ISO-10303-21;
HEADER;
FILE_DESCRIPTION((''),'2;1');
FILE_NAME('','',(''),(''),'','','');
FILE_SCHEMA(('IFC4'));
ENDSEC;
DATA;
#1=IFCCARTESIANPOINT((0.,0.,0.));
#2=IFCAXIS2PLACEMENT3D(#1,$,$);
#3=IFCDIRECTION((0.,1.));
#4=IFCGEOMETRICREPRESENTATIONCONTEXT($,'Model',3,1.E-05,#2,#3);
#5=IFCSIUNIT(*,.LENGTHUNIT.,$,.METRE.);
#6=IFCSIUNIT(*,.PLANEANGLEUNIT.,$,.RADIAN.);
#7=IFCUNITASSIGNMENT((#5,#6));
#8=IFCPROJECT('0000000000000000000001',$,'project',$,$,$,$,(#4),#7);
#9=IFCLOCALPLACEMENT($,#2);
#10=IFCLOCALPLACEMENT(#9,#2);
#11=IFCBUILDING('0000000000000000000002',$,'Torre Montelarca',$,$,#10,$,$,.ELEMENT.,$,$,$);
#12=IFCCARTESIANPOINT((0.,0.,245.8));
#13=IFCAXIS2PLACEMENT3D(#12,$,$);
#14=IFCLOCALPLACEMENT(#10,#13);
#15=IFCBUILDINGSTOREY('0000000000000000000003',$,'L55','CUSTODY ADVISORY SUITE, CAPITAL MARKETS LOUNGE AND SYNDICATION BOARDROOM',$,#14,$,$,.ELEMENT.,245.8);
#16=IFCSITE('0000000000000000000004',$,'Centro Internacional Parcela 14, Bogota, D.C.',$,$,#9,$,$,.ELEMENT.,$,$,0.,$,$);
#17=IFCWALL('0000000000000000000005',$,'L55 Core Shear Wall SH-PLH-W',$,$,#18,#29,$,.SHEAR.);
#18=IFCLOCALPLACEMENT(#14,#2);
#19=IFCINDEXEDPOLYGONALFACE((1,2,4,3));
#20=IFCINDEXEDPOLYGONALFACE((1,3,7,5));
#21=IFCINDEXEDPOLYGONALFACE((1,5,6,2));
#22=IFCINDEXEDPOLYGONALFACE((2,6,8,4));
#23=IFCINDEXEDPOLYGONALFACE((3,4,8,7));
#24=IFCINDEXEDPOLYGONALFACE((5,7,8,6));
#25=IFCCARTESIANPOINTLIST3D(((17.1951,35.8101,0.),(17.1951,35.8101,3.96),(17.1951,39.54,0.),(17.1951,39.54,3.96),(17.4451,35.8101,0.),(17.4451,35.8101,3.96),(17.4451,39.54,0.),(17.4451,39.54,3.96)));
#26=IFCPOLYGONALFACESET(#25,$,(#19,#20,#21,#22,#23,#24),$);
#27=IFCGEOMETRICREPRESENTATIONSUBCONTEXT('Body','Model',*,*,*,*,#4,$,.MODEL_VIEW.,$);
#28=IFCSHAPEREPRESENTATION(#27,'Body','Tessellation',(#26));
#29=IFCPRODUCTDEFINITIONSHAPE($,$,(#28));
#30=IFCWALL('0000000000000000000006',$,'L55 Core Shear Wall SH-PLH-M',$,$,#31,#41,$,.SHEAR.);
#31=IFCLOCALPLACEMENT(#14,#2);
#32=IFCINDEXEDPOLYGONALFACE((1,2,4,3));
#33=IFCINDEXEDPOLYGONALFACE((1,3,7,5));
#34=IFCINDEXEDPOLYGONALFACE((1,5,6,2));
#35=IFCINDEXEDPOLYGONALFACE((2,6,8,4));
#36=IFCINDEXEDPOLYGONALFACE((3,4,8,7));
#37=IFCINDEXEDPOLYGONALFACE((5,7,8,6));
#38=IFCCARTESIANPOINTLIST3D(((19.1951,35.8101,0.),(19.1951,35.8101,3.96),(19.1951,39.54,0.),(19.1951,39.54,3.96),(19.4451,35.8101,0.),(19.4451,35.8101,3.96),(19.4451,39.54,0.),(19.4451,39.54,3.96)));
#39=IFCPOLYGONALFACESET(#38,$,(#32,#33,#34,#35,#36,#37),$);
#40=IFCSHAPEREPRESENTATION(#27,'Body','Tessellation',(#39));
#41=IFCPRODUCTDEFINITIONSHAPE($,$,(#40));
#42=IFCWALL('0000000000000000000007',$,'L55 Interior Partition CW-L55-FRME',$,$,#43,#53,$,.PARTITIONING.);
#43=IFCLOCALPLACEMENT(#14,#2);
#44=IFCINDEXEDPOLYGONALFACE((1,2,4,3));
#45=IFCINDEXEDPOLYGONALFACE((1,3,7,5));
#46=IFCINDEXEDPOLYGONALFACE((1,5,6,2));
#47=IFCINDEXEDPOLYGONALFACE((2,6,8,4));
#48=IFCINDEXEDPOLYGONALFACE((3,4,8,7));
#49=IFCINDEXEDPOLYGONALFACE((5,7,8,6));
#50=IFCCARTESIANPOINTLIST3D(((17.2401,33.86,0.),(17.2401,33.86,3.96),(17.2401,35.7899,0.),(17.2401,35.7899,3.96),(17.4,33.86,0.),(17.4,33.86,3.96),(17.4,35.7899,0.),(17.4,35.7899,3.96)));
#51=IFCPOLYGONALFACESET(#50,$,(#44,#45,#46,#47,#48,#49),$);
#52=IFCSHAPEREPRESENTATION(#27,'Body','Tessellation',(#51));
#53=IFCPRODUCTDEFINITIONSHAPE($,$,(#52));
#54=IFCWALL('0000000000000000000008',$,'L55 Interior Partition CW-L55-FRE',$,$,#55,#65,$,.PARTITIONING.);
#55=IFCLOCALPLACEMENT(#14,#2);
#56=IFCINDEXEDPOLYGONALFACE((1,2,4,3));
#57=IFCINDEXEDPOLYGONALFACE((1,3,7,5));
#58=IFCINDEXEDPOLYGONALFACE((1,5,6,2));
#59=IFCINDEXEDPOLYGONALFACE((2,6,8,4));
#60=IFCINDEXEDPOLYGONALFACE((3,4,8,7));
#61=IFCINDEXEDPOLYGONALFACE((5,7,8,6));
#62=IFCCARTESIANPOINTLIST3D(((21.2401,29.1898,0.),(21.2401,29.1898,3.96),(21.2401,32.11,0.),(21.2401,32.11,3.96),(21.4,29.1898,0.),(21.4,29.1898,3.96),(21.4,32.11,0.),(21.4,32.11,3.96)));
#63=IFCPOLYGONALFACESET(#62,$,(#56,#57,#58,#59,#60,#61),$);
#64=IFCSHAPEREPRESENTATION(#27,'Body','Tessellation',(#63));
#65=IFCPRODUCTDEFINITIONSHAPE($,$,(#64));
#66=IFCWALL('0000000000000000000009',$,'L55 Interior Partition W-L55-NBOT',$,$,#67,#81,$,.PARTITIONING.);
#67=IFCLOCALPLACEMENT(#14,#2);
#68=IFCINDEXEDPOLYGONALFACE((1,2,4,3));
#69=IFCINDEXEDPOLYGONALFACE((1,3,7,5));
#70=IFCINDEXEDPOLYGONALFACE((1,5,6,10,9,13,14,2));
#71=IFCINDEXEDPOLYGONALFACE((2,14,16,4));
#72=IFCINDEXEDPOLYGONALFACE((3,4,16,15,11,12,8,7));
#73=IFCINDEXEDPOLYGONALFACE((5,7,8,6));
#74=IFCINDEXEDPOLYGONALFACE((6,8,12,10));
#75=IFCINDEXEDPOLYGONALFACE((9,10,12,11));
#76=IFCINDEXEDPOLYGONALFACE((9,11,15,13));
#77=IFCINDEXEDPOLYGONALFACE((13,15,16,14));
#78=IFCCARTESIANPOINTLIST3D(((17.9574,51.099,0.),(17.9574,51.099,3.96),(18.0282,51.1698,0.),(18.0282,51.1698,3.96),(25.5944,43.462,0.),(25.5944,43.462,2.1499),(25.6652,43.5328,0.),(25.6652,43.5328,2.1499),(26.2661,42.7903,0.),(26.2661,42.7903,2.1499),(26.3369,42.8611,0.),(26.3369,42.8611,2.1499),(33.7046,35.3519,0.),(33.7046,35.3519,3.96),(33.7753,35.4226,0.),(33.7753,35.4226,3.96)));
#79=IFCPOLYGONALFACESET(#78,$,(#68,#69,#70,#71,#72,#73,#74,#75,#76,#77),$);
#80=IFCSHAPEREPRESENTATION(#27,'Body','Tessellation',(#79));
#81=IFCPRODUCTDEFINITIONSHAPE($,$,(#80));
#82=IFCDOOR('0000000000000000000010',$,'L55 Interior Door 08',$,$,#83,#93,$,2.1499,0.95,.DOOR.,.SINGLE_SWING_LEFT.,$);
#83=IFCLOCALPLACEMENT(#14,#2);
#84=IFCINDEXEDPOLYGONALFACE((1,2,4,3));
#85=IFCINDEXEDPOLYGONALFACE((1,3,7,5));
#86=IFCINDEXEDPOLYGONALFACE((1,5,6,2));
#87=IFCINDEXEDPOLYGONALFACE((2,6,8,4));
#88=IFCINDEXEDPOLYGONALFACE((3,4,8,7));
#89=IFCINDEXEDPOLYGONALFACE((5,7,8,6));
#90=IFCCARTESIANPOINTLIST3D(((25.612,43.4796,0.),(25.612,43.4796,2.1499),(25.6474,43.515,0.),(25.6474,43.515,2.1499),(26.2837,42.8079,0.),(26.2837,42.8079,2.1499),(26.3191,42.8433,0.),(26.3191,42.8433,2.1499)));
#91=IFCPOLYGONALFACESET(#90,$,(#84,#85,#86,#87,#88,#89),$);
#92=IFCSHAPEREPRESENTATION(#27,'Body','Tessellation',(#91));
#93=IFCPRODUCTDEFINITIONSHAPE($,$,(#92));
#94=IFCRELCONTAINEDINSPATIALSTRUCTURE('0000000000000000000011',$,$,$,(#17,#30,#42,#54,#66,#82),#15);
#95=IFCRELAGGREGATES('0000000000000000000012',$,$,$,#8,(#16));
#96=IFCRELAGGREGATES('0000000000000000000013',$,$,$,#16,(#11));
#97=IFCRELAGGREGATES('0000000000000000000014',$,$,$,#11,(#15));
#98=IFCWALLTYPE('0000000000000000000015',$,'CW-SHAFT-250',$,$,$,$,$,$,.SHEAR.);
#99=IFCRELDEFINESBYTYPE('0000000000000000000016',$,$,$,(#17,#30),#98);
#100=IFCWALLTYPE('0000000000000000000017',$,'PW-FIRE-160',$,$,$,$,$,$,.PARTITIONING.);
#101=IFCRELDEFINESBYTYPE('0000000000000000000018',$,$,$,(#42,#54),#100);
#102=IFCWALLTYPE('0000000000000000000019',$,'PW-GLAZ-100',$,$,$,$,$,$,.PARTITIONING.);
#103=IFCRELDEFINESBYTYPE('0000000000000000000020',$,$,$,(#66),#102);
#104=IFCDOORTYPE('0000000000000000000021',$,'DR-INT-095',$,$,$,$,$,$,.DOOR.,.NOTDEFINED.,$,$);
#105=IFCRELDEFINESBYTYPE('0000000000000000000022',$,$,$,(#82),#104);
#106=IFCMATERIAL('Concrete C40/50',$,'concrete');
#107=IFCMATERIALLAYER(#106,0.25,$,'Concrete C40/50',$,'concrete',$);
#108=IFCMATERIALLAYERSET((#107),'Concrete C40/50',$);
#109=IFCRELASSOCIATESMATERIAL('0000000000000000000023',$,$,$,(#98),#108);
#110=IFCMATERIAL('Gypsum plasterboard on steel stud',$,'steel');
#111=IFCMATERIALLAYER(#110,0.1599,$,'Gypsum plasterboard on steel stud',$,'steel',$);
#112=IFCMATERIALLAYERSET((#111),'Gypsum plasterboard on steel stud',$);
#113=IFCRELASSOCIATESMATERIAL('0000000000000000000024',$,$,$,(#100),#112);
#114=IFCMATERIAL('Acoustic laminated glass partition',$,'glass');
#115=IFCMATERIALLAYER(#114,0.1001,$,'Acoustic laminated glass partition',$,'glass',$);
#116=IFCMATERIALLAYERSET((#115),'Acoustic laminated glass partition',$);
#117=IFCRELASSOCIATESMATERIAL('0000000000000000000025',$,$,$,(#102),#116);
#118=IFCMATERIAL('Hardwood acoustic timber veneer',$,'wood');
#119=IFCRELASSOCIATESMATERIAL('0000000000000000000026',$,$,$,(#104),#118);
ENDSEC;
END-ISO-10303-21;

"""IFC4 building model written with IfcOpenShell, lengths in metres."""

from ifc_helpers import new_model, si_unit, direction, frame, frame_2d, origin, place, context, subcontext, project, spatial, rectangle, extrude, source, transform, mapped, material, layer, layer_set, type_object, element, fill, save


model = new_model("IFC4")

# Units and contexts
model_context = context("Model", 3, precision=1e-05, world=origin(), true_north=direction((0.0, 1.0)))
body_context = subcontext(model_context, "Body", "Model", "MODEL_VIEW")
ifc_project = project(units=[si_unit("LENGTHUNIT", "METRE"), si_unit("PLANEANGLEUNIT", "RADIAN")], contexts=[model_context])

# Site, building, storey
site_placement = place(None, origin())
site = spatial("IfcSite", under=ifc_project, at=site_placement, Name="Centro Internacional Parcela 14, Bogota, D.C.", CompositionType="ELEMENT", RefElevation=0.0)
building_placement = place(site_placement, origin())
building = spatial("IfcBuilding", under=site, at=building_placement, Name="Torre Montelarca", CompositionType="ELEMENT")
storey_placement = place(building_placement, frame((0.0, 0.0, 245.8)))
storey = spatial("IfcBuildingStorey", under=building, at=storey_placement, Name="L55", Description="CUSTODY ADVISORY SUITE, CAPITAL MARKETS LOUNGE AND SYNDICATION BOARDROOM", CompositionType="ELEMENT", Elevation=245.8)

# Shared definitions
ifc_material_1 = material(Name="Concrete C40/50", Category="concrete")
ifc_layer_1 = layer(ifc_material_1, 0.25, Name="Concrete C40/50", Category="concrete")
ifc_layer_set_1 = layer_set([ifc_layer_1], Name="Concrete C40/50")
wall_type_1 = type_object("IfcWallType", Name="CW-SHAFT-250", PredefinedType="SHEAR", material=ifc_layer_set_1)

# Walls
for number, where, z_axis, x_axis, name in (
    (1, (17.3201, 35.8101, 0.0), (0.0, 0.0, 1.0), (0.0, 1.0, 0.0), "L55 Core Shear Wall SH-PLH-W"),
    (2, (19.3201, 35.8101, 0.0), (0.0, 0.0, 1.0), (0.0, 1.0, 0.0), "L55 Core Shear Wall SH-PLH-M"),
):
    element("IfcWall", number, at=place(storey_placement, frame(where, z_axis=z_axis, x_axis=x_axis)), inside=storey, type_object=wall_type_1, Name=name, PredefinedType="SHEAR", context=body_context, shape_type="SweptSolid", body=[
        extrude(rectangle(XDim=3.73, YDim=0.25, at=frame_2d((1.865, 0.0))), origin(), (0.0, 0.0, 1.0), 3.96),
    ])
ifc_material_2 = material(Name="Gypsum plasterboard on steel stud", Category="steel")
ifc_layer_2 = layer(ifc_material_2, 0.1599, Name="Gypsum plasterboard on steel stud", Category="steel")
ifc_layer_set_2 = layer_set([ifc_layer_2], Name="Gypsum plasterboard on steel stud")
wall_type_2 = type_object("IfcWallType", Name="PW-FIRE-160", PredefinedType="PARTITIONING", material=ifc_layer_set_2)
wall_1_placement = place(storey_placement, frame((17.3201, 33.8601, 0.0), z_axis=(0.0, 0.0, 1.0), x_axis=(0.0, 1.0, 0.0)))
element("IfcWall", 3, at=wall_1_placement, inside=storey, type_object=wall_type_2, Name="L55 Interior Partition CW-L55-FRME", PredefinedType="PARTITIONING", context=body_context, shape_type="SweptSolid", body=[
    extrude(rectangle(XDim=1.9299, YDim=0.1599, at=frame_2d((0.9648, 0.0))), origin(), (0.0, 0.0, 1.0), 3.96),
])
wall_2_placement = place(storey_placement, frame((21.3201, 29.1899, 0.0), z_axis=(0.0, 0.0, 1.0), x_axis=(0.0, 1.0, 0.0)))
element("IfcWall", 4, at=wall_2_placement, inside=storey, type_object=wall_type_2, Name="L55 Interior Partition CW-L55-FRE", PredefinedType="PARTITIONING", context=body_context, shape_type="SweptSolid", body=[
    extrude(rectangle(XDim=2.9202, YDim=0.1599, at=frame_2d((1.46, 0.0))), origin(), (0.0, 0.0, 1.0), 3.96),
])

# Wall, opening, door
ifc_material_3 = material(Name="Acoustic laminated glass partition", Category="glass")
ifc_layer_3 = layer(ifc_material_3, 0.1001, Name="Acoustic laminated glass partition", Category="glass")
ifc_layer_set_3 = layer_set([ifc_layer_3], Name="Acoustic laminated glass partition")
wall_type_3 = type_object("IfcWallType", Name="PW-GLAZ-100", PredefinedType="PARTITIONING", material=ifc_layer_set_3)
wall_3_placement = place(storey_placement, frame((17.9929, 51.1343, 0.0), z_axis=(0.0, 0.0, 1.0), x_axis=(0.707107, -0.707107, 0.0)))
wall_3 = element("IfcWall", 5, at=wall_3_placement, inside=storey, type_object=wall_type_3, Name="L55 Interior Partition W-L55-NBOT", PredefinedType="PARTITIONING", context=body_context, shape_type="SweptSolid", body=[
    extrude(rectangle(XDim=22.2698, YDim=0.1001, at=frame_2d((11.1348, 0.0))), origin(), (0.0, 0.0, 1.0), 3.96),
])
opening_1_placement = place(wall_3_placement, frame((10.8, 0.0, 0.0)))
opening_1 = element("IfcOpeningElement", 6, at=opening_1_placement, cuts=wall_3, PredefinedType="OPENING", context=body_context, shape_type="SweptSolid", body=[
    extrude(rectangle(XDim=0.95, YDim=2.1499, at=frame_2d((0.4751, 1.075))), frame((0.0, 0.0601, 0.0), z_axis=(0.0, -1.0, 0.0), x_axis=(1.0, 0.0, 0.0)), (0.0, 0.0, 1.0), 0.1201),
])
ifc_material_4 = material(Name="Hardwood acoustic timber veneer", Category="wood")
door_type_1 = type_object("IfcDoorType", Name="DR-INT-095", OperationType="NOTDEFINED", PredefinedType="DOOR", material=ifc_material_4)
shared_shape_1 = source(origin(), body_context, "Body", "SweptSolid", [
    extrude(rectangle(XDim=0.95, YDim=2.1499, at=frame_2d((0.4751, 1.075))), frame((0.0, 0.0249, 0.0), z_axis=(0.0, -1.0, 0.0), x_axis=(1.0, 0.0, 0.0)), (0.0, 0.0, 1.0), 0.05),
])
door_1_placement = place(opening_1_placement, origin())
door_1 = element("IfcDoor", 7, at=door_1_placement, inside=storey, type_object=door_type_1, Name="L55 Interior Door 08", OperationType="SINGLE_SWING_LEFT", OverallHeight=2.1499, OverallWidth=0.95, PredefinedType="DOOR", context=body_context, shape_type="MappedRepresentation", body=[
    mapped(shared_shape_1, transform((0.0, 0.0, 0.0), scale=1.0)),
])
fill(opening_1, door_1)

save(model, "model.ifc")
